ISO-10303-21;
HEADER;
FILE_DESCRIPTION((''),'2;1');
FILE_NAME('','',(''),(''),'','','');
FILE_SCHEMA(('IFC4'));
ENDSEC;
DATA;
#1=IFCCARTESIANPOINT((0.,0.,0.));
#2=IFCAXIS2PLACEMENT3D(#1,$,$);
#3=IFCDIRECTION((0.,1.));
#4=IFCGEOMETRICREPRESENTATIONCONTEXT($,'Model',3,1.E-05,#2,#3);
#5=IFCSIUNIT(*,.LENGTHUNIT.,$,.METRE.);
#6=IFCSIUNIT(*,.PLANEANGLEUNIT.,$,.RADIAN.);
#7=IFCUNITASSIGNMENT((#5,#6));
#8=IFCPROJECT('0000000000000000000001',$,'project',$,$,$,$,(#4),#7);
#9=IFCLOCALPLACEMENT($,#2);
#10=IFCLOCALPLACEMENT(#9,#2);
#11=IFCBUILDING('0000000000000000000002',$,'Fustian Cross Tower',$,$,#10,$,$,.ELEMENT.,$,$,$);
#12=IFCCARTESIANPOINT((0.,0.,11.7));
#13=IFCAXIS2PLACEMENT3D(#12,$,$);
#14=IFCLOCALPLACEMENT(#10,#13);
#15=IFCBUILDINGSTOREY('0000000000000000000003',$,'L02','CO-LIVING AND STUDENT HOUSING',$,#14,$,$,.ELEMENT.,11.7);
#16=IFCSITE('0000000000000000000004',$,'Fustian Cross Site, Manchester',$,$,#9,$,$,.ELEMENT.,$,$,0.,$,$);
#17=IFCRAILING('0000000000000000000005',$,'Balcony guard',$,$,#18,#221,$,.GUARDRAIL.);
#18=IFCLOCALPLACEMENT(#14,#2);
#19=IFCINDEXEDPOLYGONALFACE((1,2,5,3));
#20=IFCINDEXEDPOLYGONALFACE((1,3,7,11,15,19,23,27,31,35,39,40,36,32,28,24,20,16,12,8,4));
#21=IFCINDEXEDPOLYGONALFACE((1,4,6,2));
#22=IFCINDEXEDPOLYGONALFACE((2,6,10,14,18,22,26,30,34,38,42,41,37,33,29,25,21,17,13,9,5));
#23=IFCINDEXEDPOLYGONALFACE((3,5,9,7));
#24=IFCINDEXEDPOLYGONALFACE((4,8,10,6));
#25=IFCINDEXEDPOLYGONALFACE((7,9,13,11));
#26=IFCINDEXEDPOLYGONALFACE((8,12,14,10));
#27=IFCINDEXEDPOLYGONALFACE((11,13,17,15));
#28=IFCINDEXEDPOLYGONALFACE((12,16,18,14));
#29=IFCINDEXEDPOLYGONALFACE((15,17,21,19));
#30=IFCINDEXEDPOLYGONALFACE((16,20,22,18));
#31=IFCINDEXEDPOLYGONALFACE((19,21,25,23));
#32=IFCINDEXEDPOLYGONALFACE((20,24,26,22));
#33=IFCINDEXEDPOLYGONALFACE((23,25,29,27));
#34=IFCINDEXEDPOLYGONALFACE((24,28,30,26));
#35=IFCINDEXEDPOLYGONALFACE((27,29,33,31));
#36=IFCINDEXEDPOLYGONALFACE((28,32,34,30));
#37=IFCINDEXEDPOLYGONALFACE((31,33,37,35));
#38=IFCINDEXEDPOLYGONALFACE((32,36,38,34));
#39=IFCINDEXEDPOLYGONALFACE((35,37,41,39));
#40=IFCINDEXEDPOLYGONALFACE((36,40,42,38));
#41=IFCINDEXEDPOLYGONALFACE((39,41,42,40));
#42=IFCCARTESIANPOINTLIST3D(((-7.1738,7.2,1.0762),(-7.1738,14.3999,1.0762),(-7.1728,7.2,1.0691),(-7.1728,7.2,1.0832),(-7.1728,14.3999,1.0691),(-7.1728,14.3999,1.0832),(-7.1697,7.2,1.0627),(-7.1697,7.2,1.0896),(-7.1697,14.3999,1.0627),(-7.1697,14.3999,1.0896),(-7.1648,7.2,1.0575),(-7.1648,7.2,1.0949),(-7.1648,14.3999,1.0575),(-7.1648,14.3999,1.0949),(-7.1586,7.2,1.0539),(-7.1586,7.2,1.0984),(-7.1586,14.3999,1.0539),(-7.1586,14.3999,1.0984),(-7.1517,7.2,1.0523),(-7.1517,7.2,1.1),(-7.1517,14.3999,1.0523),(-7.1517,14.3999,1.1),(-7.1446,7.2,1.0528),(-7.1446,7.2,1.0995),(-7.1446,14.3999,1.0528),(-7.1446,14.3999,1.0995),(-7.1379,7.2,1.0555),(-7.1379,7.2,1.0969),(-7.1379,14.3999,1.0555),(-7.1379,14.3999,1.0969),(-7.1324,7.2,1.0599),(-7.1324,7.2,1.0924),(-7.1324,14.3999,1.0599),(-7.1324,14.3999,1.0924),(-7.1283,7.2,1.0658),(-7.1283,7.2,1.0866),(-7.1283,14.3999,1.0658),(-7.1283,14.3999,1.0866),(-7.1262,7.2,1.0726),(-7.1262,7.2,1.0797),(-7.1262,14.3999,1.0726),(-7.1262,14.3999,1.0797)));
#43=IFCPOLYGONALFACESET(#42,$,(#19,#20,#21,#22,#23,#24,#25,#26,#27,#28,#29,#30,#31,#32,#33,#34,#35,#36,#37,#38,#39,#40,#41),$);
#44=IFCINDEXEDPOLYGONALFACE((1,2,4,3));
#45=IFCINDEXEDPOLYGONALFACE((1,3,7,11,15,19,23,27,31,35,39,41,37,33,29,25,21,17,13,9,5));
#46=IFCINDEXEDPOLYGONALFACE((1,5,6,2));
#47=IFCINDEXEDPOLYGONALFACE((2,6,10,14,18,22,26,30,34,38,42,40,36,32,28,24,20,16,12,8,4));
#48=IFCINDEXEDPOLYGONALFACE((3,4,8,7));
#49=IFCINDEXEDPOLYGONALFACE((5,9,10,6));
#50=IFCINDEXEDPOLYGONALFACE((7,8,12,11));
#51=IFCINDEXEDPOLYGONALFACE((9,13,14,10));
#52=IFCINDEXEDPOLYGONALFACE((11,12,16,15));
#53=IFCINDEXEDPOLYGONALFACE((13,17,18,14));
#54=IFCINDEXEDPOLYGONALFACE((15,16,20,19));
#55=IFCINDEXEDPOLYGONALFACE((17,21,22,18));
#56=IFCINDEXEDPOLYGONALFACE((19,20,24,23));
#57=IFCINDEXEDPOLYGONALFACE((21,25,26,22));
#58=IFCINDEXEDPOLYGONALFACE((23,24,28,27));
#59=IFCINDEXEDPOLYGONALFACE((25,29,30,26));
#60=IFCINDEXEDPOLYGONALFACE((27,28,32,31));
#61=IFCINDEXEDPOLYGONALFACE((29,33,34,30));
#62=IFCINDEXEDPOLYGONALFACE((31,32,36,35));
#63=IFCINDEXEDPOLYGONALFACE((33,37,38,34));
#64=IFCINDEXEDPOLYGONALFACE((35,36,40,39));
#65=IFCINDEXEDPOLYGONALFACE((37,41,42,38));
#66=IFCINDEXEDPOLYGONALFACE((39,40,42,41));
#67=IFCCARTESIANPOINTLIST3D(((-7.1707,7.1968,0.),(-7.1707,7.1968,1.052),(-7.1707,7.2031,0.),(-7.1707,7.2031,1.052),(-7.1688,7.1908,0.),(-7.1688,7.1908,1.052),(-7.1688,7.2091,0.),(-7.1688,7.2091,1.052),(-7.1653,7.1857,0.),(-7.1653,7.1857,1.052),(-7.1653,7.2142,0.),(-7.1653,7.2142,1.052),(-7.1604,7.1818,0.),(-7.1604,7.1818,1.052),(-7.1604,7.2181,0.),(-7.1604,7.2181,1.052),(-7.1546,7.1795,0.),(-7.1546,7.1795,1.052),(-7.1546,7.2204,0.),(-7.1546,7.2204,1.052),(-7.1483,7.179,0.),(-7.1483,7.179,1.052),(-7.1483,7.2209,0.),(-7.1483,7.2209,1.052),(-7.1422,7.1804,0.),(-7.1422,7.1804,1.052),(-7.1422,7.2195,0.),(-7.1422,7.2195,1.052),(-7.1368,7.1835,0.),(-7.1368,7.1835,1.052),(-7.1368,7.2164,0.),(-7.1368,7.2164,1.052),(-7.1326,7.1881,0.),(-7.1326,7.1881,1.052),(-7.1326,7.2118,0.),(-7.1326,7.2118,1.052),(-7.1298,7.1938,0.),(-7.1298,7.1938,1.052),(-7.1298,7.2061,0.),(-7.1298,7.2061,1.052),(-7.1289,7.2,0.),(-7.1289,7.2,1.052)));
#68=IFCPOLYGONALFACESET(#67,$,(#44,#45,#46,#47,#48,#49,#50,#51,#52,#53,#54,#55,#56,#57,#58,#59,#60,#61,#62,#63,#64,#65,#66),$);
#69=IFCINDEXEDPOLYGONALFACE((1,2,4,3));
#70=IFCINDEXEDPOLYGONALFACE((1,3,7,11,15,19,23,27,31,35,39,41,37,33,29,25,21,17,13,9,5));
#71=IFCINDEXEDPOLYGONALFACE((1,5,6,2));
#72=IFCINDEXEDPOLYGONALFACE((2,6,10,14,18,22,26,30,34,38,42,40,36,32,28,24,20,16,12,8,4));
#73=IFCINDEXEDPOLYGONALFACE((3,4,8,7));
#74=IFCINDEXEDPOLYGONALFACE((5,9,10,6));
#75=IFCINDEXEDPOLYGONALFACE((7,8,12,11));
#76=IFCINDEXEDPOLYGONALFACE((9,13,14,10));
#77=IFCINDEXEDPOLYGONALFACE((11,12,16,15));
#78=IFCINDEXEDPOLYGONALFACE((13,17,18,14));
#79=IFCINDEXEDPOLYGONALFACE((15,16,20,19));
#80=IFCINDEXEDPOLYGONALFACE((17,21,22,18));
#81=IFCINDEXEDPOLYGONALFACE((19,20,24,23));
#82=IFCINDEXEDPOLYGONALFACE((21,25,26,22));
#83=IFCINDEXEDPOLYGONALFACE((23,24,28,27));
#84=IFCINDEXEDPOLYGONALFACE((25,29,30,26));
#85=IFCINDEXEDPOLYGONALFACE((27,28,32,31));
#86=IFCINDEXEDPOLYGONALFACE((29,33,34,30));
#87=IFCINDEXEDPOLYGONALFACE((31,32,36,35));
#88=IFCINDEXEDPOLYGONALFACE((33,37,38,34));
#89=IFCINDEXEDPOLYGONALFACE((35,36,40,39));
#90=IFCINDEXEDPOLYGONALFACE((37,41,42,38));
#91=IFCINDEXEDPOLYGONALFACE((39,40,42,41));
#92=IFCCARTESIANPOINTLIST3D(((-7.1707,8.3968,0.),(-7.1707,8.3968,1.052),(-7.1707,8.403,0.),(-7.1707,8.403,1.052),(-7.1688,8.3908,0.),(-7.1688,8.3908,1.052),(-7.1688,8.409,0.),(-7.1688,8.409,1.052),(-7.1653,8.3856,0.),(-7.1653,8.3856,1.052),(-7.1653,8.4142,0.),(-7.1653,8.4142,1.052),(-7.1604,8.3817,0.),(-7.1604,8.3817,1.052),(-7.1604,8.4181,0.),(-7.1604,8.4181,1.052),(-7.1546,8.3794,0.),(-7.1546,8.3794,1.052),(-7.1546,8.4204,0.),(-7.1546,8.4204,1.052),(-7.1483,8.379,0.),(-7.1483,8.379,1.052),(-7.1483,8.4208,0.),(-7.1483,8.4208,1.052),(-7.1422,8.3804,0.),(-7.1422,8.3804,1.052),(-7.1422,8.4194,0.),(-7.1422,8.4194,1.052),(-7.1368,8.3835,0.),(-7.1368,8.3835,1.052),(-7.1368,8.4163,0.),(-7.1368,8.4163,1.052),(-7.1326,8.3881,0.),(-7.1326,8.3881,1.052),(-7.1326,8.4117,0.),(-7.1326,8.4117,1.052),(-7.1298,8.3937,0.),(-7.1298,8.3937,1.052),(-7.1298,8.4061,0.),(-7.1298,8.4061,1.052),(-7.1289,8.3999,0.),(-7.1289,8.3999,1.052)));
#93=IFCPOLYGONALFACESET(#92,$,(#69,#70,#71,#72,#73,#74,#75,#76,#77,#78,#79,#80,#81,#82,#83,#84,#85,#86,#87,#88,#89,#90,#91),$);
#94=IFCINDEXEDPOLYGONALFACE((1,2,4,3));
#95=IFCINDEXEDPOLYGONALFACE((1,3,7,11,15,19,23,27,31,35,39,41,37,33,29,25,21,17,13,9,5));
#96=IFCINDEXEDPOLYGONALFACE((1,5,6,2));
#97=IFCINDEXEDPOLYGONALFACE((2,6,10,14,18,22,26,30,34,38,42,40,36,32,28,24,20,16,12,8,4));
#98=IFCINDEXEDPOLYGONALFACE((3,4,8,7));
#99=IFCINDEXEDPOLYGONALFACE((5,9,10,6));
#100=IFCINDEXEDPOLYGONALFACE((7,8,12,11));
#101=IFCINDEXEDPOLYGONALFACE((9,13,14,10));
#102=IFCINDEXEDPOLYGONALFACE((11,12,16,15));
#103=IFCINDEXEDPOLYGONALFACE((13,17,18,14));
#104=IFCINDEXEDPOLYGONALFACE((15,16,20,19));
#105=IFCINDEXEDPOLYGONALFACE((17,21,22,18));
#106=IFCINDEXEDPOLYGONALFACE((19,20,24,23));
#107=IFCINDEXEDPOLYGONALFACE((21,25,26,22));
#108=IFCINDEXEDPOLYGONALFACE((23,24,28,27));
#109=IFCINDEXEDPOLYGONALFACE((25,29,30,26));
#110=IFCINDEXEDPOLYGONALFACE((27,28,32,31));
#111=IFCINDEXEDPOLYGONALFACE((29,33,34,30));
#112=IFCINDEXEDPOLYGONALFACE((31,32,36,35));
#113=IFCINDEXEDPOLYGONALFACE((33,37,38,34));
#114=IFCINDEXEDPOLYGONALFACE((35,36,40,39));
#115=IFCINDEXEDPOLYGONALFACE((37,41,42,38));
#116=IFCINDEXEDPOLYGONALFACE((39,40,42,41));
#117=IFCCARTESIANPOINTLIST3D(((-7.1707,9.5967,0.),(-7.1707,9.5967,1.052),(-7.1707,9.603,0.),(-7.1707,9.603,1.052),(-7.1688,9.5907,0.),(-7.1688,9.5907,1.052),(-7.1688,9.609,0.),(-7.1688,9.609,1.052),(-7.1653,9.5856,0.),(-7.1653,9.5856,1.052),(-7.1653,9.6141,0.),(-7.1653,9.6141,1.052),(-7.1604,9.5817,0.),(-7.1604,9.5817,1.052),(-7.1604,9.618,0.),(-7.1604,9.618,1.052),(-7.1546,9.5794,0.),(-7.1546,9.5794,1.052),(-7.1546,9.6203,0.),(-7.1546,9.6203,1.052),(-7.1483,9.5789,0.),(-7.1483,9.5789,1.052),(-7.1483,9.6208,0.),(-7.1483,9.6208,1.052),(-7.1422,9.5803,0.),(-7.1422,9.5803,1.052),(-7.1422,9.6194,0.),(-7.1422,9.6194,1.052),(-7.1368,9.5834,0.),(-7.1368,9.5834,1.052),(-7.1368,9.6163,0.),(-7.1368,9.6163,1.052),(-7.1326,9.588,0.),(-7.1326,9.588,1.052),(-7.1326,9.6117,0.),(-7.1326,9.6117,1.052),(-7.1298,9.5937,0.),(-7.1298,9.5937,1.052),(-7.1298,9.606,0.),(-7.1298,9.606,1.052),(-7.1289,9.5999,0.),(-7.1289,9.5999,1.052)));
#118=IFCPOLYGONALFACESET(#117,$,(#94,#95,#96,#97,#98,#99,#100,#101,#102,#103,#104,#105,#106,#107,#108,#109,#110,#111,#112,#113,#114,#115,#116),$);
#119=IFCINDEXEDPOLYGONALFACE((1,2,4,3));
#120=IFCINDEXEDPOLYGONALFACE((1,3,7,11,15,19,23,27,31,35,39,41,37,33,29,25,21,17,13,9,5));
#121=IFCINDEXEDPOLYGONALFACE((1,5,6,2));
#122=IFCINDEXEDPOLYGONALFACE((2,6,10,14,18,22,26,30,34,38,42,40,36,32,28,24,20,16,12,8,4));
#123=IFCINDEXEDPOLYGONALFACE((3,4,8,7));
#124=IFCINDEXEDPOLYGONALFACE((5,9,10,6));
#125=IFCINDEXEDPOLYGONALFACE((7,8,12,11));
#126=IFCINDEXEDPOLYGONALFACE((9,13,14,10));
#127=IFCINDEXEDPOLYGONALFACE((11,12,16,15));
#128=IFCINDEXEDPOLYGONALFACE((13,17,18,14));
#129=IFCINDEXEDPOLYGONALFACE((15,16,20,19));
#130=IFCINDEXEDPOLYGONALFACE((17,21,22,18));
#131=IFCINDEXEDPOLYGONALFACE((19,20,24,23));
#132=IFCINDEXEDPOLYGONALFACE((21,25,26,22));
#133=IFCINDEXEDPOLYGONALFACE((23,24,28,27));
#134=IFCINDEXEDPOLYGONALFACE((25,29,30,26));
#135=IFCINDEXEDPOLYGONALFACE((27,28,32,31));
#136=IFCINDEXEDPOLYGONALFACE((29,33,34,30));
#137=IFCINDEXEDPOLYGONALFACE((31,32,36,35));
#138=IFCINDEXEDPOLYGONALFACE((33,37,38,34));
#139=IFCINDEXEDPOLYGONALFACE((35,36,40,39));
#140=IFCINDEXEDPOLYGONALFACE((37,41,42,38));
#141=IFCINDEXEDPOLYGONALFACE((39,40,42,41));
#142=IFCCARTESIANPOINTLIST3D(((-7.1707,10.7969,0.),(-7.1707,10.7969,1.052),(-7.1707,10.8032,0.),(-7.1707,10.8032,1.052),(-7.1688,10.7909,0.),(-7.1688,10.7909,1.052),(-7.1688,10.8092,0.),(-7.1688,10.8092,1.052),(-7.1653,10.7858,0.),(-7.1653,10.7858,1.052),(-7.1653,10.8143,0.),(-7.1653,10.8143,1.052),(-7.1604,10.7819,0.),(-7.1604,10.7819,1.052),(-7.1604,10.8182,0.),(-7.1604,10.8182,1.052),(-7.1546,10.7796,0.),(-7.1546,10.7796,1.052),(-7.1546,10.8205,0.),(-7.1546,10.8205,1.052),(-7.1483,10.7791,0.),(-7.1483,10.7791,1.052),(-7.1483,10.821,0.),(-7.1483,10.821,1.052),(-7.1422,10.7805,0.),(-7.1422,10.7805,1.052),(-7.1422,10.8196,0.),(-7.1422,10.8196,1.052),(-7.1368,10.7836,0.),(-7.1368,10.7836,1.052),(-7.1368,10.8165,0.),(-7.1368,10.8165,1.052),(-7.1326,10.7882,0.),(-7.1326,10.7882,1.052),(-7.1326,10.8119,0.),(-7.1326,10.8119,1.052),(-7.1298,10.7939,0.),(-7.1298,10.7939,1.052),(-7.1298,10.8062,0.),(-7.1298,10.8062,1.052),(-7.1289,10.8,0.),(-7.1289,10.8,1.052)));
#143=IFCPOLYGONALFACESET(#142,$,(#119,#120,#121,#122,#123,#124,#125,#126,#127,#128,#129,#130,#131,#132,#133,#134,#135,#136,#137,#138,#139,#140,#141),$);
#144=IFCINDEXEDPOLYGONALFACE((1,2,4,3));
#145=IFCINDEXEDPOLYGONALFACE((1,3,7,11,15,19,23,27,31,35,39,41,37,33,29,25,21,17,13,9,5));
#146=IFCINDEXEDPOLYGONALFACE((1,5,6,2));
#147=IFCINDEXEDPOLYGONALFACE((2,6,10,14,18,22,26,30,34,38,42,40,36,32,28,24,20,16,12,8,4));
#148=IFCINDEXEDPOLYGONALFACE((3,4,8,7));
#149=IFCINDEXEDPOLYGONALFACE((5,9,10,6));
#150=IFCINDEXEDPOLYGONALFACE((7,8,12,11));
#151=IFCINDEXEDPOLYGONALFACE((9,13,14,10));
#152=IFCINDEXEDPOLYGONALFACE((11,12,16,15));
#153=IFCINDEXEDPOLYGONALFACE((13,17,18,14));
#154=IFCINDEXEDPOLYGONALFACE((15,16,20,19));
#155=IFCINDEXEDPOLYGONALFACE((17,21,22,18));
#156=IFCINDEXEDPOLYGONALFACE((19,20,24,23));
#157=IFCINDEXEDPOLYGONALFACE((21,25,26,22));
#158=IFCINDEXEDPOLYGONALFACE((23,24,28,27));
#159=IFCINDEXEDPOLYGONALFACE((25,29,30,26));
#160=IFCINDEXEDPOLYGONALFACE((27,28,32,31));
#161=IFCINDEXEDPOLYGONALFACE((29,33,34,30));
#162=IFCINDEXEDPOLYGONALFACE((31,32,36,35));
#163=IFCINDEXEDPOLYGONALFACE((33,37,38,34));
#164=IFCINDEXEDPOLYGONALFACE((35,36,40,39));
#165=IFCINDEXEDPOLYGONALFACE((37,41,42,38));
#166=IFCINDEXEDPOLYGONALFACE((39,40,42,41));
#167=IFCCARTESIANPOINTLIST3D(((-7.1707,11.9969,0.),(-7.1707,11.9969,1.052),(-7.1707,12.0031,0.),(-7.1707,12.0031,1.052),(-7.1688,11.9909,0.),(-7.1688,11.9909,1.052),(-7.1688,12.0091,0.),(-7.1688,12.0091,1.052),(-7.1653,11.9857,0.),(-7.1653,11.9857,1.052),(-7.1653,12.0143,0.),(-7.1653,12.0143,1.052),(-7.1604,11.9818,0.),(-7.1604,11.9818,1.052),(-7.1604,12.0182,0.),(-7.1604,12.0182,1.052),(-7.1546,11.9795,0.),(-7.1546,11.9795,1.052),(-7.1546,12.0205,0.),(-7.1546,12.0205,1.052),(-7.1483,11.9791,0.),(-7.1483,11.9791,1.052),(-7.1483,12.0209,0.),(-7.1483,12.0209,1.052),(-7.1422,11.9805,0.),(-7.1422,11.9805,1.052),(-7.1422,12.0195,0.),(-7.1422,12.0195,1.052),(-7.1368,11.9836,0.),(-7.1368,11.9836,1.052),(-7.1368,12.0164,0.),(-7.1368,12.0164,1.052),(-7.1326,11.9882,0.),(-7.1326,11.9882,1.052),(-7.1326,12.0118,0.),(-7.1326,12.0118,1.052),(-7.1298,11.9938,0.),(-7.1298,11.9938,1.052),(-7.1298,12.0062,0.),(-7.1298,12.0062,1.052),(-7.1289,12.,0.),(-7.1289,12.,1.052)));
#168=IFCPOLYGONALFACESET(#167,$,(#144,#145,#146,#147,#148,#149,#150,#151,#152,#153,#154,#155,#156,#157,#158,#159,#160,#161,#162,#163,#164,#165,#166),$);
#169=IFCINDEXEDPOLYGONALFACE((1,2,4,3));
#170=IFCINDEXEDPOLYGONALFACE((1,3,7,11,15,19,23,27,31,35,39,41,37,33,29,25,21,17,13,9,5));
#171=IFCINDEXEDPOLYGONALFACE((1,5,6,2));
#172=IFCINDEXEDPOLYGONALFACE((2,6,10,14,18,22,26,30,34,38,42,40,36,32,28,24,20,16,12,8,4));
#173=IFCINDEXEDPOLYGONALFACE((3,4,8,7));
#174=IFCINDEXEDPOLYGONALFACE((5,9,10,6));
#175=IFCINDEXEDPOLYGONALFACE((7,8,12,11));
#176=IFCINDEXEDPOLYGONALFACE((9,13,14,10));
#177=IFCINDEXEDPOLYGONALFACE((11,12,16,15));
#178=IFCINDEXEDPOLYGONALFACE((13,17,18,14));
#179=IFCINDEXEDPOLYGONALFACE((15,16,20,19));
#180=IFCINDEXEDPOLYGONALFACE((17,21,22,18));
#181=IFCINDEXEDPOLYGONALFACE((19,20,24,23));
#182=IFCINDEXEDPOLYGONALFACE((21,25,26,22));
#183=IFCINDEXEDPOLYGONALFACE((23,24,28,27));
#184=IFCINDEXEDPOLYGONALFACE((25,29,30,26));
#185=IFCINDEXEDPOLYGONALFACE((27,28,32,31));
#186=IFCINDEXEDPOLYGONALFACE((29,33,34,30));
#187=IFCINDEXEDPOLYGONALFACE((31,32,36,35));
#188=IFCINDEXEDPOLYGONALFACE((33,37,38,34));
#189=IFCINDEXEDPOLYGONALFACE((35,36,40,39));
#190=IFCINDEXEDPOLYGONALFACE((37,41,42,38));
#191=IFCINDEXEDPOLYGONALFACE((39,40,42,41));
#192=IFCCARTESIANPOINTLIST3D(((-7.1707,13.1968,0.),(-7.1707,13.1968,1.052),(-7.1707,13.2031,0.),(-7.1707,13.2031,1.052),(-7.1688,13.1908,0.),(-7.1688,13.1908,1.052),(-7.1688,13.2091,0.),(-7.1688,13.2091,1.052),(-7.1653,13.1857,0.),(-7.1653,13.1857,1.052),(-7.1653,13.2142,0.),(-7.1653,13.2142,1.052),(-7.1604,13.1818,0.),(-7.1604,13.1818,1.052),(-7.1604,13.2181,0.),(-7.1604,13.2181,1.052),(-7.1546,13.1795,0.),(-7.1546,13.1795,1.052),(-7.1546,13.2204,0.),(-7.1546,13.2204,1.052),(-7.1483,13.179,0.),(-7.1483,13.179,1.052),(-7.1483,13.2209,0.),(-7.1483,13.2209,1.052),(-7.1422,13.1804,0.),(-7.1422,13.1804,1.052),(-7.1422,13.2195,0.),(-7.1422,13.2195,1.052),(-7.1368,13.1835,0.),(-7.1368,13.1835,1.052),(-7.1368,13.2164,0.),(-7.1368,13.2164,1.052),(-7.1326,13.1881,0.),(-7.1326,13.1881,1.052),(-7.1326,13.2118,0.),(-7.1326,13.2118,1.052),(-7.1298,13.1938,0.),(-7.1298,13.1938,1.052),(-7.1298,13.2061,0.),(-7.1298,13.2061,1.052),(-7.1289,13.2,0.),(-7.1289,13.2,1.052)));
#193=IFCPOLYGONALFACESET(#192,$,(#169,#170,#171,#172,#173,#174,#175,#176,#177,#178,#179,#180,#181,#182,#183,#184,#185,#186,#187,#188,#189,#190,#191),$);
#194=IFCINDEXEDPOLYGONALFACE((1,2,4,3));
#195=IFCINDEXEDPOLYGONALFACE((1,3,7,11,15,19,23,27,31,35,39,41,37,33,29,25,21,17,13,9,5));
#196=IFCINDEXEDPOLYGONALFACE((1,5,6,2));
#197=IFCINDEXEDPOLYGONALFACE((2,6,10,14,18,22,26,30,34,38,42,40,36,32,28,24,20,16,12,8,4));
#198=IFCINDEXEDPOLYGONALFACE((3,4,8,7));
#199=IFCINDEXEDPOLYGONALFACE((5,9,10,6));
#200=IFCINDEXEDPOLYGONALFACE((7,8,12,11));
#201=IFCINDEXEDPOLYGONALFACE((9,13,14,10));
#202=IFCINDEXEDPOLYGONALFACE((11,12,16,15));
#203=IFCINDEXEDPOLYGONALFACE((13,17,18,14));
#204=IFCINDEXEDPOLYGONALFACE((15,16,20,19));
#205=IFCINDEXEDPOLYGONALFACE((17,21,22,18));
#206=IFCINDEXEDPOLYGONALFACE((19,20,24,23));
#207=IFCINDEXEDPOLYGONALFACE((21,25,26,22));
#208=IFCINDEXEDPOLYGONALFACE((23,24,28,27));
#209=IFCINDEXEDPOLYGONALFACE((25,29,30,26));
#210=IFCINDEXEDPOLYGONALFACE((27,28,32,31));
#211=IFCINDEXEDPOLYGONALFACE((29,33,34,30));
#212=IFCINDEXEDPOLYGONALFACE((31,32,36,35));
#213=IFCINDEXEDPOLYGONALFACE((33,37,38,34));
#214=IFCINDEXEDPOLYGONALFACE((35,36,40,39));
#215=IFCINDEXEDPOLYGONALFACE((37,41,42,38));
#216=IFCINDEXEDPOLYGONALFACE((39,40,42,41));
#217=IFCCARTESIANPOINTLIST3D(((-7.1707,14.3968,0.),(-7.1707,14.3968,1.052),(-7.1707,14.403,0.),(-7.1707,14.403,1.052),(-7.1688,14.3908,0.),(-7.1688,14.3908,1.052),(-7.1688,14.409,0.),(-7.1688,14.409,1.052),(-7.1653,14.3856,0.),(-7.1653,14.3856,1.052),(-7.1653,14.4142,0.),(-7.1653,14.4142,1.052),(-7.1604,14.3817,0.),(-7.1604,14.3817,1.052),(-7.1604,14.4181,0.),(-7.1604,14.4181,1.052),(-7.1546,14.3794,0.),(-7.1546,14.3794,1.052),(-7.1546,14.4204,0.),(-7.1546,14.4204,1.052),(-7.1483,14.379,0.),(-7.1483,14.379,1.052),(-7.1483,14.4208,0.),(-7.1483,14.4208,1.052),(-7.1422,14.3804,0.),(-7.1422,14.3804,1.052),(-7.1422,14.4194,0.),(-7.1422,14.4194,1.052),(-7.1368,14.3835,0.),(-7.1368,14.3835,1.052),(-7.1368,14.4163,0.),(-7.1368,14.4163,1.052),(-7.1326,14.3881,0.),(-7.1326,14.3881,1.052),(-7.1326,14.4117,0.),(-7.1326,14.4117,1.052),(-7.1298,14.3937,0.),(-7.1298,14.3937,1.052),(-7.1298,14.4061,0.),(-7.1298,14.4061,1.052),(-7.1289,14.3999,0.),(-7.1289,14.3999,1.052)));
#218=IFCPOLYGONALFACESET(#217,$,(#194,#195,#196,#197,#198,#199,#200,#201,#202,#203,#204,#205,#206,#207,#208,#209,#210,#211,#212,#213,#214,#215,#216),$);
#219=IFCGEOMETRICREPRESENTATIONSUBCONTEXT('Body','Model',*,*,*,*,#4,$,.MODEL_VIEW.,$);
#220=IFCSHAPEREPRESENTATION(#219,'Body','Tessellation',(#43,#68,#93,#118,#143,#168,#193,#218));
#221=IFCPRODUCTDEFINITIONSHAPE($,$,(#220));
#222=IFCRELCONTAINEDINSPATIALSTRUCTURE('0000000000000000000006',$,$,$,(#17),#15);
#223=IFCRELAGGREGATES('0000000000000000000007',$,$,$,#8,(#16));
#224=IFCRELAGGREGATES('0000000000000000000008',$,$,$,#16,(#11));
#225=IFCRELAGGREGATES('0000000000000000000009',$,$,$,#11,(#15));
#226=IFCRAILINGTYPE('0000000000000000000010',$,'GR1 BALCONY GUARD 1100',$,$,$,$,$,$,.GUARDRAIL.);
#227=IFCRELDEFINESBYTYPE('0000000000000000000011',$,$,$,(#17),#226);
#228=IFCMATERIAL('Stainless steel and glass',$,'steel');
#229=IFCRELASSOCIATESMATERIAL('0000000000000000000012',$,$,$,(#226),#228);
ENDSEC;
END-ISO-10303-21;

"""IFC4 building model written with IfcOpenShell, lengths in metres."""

from ifc_helpers import new_model, si_unit, direction, frame, origin, origin_2d, place, context, subcontext, project, spatial, circle, extrude, material, type_object, element, save


model = new_model("IFC4")

# Units and contexts
model_context = context("Model", 3, precision=1e-05, world=origin(), true_north=direction((0.0, 1.0)))
body_context = subcontext(model_context, "Body", "Model", "MODEL_VIEW")
ifc_project = project(units=[si_unit("LENGTHUNIT", "METRE"), si_unit("PLANEANGLEUNIT", "RADIAN")], contexts=[model_context])

# Site, building, storey
site_placement = place(None, origin())
site = spatial("IfcSite", under=ifc_project, at=site_placement, Name="Fustian Cross Site, Manchester", CompositionType="ELEMENT", RefElevation=0.0)
building_placement = place(site_placement, origin())
building = spatial("IfcBuilding", under=site, at=building_placement, Name="Fustian Cross Tower", CompositionType="ELEMENT")
storey_placement = place(building_placement, frame((0.0, 0.0, 11.7)))
storey = spatial("IfcBuildingStorey", under=building, at=storey_placement, Name="L02", Description="CO-LIVING AND STUDENT HOUSING", CompositionType="ELEMENT", Elevation=11.7)

# Railing
ifc_material_1 = material(Name="Stainless steel and glass", Category="steel")
railing_type = type_object("IfcRailingType", Name="GR1 BALCONY GUARD 1100", PredefinedType="GUARDRAIL", material=ifc_material_1)
railing_placement = place(storey_placement, frame((-7.1499, 7.2, 0.0)))
element("IfcRailing", 1, at=railing_placement, inside=storey, type_object=railing_type, Name="Balcony guard", PredefinedType="GUARDRAIL", context=body_context, shape_type="SweptSolid", body=[
    extrude(circle(Radius=0.0239, at=origin_2d()), frame((0.0, 0.0, 1.0762), z_axis=(0.0, 1.0, 0.0), x_axis=(-1.0, 0.0, 0.0)), (0.0, 0.0, 1.0), 7.2),
    extrude(circle(Radius=0.021, at=origin_2d()), origin(), (0.0, 0.0, 1.0), 1.052),
    extrude(circle(Radius=0.021, at=origin_2d()), frame((0.0, 1.2, 0.0)), (0.0, 0.0, 1.0), 1.052),
    extrude(circle(Radius=0.021, at=origin_2d()), frame((0.0, 2.3999, 0.0)), (0.0, 0.0, 1.0), 1.052),
    extrude(circle(Radius=0.021, at=origin_2d()), frame((0.0, 3.6001, 0.0)), (0.0, 0.0, 1.0), 1.052),
    extrude(circle(Radius=0.021, at=origin_2d()), frame((0.0, 4.8, 0.0)), (0.0, 0.0, 1.0), 1.052),
    extrude(circle(Radius=0.021, at=origin_2d()), frame((0.0, 6.0, 0.0)), (0.0, 0.0, 1.0), 1.052),
    extrude(circle(Radius=0.021, at=origin_2d()), frame((0.0, 7.2, 0.0)), (0.0, 0.0, 1.0), 1.052),
])

save(model, "model.ifc")
